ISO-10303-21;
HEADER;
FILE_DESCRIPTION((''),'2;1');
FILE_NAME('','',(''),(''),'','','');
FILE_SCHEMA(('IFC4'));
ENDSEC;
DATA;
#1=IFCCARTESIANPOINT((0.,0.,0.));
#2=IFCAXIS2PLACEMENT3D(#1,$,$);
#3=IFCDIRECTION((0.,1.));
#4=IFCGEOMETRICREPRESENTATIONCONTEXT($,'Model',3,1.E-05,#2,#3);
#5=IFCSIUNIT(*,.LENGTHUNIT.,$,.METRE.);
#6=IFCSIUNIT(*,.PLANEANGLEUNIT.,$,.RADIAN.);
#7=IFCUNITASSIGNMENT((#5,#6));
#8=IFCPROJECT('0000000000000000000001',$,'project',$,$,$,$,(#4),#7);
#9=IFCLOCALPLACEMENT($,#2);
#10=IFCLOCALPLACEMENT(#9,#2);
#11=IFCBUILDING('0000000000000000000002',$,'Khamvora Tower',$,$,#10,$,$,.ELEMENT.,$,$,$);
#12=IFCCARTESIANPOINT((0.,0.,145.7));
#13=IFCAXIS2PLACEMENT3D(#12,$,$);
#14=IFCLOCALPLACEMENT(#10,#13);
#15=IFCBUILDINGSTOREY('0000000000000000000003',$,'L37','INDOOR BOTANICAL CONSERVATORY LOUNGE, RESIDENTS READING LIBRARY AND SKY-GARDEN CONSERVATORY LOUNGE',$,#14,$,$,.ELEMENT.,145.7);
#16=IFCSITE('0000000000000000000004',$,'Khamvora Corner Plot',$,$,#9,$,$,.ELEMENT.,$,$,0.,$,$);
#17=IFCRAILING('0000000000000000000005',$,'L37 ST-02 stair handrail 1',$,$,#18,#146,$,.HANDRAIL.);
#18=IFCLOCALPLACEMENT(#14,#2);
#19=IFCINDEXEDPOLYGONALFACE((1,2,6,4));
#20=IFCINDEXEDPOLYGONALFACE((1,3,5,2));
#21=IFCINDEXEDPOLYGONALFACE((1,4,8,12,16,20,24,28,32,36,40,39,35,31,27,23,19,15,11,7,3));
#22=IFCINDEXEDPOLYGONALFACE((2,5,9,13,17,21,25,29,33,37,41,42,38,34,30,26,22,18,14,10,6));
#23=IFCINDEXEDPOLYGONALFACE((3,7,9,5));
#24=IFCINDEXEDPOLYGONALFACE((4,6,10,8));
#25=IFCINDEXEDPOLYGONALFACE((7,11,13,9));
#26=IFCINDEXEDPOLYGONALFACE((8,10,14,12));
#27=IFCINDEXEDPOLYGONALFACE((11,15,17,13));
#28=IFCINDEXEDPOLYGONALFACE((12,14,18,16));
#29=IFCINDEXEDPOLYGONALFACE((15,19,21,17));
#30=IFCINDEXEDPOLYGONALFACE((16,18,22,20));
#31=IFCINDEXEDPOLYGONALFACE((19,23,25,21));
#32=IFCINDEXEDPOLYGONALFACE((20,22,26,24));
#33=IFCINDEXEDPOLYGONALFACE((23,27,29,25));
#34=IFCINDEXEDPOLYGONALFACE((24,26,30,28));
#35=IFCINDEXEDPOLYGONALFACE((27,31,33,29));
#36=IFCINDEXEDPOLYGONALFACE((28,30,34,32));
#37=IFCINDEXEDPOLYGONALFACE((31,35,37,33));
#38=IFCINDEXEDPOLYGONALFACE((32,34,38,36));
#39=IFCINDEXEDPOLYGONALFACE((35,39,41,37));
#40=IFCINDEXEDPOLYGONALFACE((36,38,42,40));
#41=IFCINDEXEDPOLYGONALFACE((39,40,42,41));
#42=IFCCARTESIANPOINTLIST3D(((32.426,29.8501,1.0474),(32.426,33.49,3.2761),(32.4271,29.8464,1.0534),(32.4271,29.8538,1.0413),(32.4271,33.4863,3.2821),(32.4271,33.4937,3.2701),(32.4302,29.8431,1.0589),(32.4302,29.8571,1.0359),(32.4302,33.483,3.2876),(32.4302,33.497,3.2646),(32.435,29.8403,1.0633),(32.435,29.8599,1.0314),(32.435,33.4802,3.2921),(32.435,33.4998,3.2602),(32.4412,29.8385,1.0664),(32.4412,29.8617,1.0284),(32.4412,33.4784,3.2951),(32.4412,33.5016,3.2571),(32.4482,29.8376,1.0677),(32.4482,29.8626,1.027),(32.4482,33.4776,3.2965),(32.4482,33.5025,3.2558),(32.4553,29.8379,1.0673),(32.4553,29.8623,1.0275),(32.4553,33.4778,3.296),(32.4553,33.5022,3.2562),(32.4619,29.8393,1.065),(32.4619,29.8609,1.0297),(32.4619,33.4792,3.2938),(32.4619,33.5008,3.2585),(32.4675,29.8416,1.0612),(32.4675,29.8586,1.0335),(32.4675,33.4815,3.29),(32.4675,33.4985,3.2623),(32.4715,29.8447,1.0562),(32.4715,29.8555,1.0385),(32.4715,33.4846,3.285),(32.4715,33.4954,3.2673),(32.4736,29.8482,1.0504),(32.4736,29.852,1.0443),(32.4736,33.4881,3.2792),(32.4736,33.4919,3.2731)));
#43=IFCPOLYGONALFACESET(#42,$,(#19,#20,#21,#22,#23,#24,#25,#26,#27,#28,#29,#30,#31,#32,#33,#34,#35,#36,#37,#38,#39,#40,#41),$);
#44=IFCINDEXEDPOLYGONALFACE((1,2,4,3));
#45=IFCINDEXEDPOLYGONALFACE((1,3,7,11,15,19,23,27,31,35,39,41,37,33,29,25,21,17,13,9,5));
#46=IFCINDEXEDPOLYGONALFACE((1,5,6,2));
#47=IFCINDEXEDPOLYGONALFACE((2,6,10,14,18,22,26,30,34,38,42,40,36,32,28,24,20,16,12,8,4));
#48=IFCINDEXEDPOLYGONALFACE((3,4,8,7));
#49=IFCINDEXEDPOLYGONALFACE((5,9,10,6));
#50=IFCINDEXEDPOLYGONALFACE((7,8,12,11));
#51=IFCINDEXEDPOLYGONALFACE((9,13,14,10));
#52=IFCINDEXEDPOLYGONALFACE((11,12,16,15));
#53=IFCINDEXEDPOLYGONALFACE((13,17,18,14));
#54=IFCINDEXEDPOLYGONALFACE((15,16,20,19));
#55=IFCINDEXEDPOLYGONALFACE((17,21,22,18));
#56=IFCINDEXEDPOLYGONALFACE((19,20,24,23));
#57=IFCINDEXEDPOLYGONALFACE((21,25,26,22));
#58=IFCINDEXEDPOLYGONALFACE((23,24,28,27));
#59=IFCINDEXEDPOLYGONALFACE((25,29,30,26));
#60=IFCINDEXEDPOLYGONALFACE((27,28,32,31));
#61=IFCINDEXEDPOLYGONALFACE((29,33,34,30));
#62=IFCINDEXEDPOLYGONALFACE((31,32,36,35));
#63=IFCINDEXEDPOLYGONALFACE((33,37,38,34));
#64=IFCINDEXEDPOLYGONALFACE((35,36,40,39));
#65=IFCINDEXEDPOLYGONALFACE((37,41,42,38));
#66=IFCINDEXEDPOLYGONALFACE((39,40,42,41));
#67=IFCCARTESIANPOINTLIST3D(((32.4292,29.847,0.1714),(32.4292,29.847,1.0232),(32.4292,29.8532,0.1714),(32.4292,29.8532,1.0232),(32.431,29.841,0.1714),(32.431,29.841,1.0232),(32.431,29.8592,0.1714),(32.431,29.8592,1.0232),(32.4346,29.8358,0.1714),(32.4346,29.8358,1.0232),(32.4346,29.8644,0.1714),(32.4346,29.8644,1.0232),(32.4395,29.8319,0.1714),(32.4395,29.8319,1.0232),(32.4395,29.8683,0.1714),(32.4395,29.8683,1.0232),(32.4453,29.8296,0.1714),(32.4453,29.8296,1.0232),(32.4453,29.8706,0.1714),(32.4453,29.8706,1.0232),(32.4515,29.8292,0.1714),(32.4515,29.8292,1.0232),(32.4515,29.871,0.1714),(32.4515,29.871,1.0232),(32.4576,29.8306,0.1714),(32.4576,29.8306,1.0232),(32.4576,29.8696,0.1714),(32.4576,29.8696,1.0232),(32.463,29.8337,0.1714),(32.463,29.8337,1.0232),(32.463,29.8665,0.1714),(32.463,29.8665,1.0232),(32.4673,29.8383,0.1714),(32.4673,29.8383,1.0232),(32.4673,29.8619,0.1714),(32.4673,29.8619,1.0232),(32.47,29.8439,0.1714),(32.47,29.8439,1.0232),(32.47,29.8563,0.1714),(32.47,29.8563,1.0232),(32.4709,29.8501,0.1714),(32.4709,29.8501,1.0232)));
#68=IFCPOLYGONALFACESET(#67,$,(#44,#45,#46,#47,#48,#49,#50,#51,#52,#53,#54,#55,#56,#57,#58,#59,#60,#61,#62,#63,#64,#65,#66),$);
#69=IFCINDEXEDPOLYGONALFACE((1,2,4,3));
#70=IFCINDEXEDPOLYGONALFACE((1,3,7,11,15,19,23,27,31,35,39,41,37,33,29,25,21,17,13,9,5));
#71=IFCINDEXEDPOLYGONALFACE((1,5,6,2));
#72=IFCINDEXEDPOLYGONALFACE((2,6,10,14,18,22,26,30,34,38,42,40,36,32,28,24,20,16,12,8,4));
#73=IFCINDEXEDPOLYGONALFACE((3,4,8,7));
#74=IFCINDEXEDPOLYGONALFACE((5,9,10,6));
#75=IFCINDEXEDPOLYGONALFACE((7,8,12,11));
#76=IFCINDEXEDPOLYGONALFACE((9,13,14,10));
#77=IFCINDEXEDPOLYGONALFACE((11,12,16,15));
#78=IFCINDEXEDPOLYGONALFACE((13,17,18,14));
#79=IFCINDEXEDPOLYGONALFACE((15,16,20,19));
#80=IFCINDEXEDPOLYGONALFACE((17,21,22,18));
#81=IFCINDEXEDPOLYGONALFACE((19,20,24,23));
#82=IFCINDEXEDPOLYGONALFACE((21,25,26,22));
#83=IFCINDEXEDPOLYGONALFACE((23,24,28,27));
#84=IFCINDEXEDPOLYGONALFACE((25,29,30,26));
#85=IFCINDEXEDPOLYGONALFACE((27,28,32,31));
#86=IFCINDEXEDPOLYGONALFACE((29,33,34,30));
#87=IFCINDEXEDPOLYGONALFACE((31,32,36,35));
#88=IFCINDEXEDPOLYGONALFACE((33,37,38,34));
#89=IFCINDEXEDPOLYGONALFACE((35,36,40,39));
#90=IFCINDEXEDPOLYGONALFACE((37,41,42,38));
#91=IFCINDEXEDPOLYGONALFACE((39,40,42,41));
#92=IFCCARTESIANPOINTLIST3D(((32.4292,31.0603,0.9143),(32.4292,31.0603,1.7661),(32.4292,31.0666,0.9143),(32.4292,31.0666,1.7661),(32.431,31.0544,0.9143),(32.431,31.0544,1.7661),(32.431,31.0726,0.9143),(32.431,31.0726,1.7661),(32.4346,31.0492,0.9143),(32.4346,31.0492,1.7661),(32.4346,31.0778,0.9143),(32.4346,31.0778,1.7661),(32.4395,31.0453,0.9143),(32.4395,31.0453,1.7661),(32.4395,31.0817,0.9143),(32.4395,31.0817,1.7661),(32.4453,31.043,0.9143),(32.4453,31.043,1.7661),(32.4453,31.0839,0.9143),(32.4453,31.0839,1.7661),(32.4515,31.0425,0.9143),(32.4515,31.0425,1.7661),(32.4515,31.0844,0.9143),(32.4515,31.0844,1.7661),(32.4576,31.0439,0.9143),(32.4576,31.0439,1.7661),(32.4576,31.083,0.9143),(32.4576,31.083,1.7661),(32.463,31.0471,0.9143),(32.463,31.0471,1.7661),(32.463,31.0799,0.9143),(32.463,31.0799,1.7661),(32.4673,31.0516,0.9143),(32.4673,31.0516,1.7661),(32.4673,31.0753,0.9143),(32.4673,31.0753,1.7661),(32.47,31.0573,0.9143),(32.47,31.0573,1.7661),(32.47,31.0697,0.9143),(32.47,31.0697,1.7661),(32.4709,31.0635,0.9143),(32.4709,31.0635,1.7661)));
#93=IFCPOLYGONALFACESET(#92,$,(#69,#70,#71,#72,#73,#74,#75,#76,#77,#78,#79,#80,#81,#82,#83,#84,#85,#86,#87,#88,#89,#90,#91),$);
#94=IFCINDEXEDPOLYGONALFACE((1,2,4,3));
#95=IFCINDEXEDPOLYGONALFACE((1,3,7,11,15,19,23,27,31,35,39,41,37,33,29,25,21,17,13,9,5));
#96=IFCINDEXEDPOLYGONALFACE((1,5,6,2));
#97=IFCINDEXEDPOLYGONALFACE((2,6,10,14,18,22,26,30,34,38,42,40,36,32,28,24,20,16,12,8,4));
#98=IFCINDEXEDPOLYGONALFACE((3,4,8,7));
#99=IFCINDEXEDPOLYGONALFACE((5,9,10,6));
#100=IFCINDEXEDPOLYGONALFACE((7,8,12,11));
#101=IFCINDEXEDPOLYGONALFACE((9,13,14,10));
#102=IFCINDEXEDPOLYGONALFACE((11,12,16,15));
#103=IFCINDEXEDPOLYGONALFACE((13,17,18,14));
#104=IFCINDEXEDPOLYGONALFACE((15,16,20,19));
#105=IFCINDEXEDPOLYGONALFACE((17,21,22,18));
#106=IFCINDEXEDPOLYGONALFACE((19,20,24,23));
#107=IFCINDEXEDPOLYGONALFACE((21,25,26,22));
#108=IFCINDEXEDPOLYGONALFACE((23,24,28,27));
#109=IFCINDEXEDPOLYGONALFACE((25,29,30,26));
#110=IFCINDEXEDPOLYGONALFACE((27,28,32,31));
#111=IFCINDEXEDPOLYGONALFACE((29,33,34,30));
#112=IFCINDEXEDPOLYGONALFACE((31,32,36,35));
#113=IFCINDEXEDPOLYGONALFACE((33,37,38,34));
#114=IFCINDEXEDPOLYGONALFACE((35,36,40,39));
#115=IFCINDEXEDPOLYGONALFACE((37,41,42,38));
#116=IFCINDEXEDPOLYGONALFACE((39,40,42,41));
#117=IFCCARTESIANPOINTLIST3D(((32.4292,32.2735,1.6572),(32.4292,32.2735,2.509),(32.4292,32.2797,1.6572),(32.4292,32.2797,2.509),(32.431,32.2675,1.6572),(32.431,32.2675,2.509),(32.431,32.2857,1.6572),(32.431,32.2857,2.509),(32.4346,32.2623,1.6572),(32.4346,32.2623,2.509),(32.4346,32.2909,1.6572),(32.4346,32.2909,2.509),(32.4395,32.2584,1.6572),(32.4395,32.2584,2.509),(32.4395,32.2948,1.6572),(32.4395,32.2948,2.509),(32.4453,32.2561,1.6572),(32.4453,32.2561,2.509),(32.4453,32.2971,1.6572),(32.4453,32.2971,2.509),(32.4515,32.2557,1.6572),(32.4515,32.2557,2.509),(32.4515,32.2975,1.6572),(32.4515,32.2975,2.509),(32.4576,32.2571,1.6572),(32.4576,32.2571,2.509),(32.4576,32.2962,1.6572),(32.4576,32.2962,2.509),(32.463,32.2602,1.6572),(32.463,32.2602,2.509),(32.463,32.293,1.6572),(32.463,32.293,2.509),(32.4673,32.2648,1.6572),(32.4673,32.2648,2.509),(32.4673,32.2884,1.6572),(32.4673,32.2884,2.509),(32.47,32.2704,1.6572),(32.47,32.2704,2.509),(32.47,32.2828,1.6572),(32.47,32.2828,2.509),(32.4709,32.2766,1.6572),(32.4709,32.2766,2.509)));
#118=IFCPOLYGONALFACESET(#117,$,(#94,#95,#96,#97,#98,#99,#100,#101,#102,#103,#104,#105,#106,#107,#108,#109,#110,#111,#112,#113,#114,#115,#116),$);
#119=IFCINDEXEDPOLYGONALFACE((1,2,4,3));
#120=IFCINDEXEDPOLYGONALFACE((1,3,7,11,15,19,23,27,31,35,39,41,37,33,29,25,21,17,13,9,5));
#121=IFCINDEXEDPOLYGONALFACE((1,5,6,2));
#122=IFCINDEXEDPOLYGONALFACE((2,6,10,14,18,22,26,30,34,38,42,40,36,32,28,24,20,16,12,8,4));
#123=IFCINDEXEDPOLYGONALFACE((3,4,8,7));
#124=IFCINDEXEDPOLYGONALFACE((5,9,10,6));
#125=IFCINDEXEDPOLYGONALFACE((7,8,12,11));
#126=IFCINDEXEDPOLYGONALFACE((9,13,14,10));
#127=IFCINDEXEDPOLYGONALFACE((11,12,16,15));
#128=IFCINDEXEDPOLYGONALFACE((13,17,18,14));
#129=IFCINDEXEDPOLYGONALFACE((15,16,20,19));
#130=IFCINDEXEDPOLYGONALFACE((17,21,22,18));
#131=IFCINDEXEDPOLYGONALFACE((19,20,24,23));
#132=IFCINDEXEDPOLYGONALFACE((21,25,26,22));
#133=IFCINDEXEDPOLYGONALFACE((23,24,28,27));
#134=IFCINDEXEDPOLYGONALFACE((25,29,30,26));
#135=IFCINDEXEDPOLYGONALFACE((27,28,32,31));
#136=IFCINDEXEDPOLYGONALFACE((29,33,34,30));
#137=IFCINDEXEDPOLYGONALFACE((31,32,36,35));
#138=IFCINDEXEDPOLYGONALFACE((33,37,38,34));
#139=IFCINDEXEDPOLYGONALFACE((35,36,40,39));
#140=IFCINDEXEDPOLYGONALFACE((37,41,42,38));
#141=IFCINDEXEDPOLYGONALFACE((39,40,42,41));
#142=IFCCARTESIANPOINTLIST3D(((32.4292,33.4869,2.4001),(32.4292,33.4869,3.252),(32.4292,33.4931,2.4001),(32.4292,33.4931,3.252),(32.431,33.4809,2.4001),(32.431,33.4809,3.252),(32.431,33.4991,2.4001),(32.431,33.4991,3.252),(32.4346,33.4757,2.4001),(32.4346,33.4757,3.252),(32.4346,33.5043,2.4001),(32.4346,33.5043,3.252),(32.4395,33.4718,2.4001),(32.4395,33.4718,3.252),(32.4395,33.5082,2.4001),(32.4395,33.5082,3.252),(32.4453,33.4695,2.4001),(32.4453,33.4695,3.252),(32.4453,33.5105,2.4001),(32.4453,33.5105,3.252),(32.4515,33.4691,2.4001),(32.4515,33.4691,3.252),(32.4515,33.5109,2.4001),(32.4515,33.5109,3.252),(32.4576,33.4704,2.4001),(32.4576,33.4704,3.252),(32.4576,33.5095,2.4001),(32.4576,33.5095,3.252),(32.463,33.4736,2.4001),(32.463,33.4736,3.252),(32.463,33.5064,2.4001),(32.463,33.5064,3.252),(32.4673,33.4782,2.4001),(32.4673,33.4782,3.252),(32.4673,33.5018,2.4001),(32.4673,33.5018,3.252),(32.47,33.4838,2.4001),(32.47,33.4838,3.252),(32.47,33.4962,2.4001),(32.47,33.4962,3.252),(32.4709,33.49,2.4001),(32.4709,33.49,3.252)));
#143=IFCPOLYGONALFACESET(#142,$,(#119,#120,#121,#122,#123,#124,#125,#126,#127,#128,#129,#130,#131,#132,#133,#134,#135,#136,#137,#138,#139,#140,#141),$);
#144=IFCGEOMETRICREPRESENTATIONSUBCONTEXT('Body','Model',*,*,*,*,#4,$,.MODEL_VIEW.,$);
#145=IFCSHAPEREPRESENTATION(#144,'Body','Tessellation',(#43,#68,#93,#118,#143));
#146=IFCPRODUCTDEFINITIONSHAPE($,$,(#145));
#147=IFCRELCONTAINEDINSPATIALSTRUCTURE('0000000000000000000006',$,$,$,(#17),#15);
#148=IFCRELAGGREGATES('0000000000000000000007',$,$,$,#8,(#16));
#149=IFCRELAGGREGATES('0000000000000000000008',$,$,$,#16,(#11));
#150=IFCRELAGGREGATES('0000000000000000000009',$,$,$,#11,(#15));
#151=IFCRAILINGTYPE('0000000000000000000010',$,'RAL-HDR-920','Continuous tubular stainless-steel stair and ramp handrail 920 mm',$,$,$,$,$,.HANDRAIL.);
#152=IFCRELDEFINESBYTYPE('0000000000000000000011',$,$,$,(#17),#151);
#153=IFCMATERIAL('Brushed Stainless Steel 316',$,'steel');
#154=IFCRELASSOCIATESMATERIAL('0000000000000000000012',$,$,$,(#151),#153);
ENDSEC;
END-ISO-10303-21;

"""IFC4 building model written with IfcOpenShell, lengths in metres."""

from ifc_helpers import new_model, si_unit, direction, frame, origin, origin_2d, place, context, subcontext, project, spatial, circle, extrude, material, type_object, element, save


model = new_model("IFC4")

# Units and contexts
model_context = context("Model", 3, precision=1e-05, world=origin(), true_north=direction((0.0, 1.0)))
body_context = subcontext(model_context, "Body", "Model", "MODEL_VIEW")
ifc_project = project(units=[si_unit("LENGTHUNIT", "METRE"), si_unit("PLANEANGLEUNIT", "RADIAN")], contexts=[model_context])

# Site, building, storey
site_placement = place(None, origin())
site = spatial("IfcSite", under=ifc_project, at=site_placement, Name="Khamvora Corner Plot", CompositionType="ELEMENT", RefElevation=0.0)
building_placement = place(site_placement, origin())
building = spatial("IfcBuilding", under=site, at=building_placement, Name="Khamvora Tower", CompositionType="ELEMENT")
storey_placement = place(building_placement, frame((0.0, 0.0, 145.7)))
storey = spatial("IfcBuildingStorey", under=building, at=storey_placement, Name="L37", Description="INDOOR BOTANICAL CONSERVATORY LOUNGE, RESIDENTS READING LIBRARY AND SKY-GARDEN CONSERVATORY LOUNGE", CompositionType="ELEMENT", Elevation=145.7)

# Railing
ifc_material_1 = material(Name="Brushed Stainless Steel 316", Category="steel")
railing_type = type_object("IfcRailingType", Name="RAL-HDR-920", Description="Continuous tubular stainless-steel stair and ramp handrail 920 mm", PredefinedType="HANDRAIL", material=ifc_material_1)
railing_placement = place(storey_placement, frame((32.45, 29.8501, 0.1714)))
element("IfcRailing", 1, at=railing_placement, inside=storey, type_object=railing_type, Name="L37 ST-02 stair handrail 1", PredefinedType="HANDRAIL", context=body_context, shape_type="SweptSolid", body=[
    extrude(circle(Radius=0.0239, at=origin_2d()), frame((0.0, 0.0, 0.876), z_axis=(0.0, 0.852825, 0.522197), x_axis=(-1.0, 0.0, 0.0)), (0.0, 0.0, 1.0), 4.2681),
    extrude(circle(Radius=0.021, at=origin_2d()), origin(), (0.0, 0.0, 1.0), 0.8518),
    extrude(circle(Radius=0.021, at=origin_2d()), frame((0.0, 1.2134, 0.7429)), (0.0, 0.0, 1.0), 0.8518),
    extrude(circle(Radius=0.021, at=origin_2d()), frame((0.0, 2.4265, 1.4858)), (0.0, 0.0, 1.0), 0.8518),
    extrude(circle(Radius=0.021, at=origin_2d()), frame((0.0, 3.6399, 2.2288)), (0.0, 0.0, 1.0), 0.8518),
])

save(model, "model.ifc")
